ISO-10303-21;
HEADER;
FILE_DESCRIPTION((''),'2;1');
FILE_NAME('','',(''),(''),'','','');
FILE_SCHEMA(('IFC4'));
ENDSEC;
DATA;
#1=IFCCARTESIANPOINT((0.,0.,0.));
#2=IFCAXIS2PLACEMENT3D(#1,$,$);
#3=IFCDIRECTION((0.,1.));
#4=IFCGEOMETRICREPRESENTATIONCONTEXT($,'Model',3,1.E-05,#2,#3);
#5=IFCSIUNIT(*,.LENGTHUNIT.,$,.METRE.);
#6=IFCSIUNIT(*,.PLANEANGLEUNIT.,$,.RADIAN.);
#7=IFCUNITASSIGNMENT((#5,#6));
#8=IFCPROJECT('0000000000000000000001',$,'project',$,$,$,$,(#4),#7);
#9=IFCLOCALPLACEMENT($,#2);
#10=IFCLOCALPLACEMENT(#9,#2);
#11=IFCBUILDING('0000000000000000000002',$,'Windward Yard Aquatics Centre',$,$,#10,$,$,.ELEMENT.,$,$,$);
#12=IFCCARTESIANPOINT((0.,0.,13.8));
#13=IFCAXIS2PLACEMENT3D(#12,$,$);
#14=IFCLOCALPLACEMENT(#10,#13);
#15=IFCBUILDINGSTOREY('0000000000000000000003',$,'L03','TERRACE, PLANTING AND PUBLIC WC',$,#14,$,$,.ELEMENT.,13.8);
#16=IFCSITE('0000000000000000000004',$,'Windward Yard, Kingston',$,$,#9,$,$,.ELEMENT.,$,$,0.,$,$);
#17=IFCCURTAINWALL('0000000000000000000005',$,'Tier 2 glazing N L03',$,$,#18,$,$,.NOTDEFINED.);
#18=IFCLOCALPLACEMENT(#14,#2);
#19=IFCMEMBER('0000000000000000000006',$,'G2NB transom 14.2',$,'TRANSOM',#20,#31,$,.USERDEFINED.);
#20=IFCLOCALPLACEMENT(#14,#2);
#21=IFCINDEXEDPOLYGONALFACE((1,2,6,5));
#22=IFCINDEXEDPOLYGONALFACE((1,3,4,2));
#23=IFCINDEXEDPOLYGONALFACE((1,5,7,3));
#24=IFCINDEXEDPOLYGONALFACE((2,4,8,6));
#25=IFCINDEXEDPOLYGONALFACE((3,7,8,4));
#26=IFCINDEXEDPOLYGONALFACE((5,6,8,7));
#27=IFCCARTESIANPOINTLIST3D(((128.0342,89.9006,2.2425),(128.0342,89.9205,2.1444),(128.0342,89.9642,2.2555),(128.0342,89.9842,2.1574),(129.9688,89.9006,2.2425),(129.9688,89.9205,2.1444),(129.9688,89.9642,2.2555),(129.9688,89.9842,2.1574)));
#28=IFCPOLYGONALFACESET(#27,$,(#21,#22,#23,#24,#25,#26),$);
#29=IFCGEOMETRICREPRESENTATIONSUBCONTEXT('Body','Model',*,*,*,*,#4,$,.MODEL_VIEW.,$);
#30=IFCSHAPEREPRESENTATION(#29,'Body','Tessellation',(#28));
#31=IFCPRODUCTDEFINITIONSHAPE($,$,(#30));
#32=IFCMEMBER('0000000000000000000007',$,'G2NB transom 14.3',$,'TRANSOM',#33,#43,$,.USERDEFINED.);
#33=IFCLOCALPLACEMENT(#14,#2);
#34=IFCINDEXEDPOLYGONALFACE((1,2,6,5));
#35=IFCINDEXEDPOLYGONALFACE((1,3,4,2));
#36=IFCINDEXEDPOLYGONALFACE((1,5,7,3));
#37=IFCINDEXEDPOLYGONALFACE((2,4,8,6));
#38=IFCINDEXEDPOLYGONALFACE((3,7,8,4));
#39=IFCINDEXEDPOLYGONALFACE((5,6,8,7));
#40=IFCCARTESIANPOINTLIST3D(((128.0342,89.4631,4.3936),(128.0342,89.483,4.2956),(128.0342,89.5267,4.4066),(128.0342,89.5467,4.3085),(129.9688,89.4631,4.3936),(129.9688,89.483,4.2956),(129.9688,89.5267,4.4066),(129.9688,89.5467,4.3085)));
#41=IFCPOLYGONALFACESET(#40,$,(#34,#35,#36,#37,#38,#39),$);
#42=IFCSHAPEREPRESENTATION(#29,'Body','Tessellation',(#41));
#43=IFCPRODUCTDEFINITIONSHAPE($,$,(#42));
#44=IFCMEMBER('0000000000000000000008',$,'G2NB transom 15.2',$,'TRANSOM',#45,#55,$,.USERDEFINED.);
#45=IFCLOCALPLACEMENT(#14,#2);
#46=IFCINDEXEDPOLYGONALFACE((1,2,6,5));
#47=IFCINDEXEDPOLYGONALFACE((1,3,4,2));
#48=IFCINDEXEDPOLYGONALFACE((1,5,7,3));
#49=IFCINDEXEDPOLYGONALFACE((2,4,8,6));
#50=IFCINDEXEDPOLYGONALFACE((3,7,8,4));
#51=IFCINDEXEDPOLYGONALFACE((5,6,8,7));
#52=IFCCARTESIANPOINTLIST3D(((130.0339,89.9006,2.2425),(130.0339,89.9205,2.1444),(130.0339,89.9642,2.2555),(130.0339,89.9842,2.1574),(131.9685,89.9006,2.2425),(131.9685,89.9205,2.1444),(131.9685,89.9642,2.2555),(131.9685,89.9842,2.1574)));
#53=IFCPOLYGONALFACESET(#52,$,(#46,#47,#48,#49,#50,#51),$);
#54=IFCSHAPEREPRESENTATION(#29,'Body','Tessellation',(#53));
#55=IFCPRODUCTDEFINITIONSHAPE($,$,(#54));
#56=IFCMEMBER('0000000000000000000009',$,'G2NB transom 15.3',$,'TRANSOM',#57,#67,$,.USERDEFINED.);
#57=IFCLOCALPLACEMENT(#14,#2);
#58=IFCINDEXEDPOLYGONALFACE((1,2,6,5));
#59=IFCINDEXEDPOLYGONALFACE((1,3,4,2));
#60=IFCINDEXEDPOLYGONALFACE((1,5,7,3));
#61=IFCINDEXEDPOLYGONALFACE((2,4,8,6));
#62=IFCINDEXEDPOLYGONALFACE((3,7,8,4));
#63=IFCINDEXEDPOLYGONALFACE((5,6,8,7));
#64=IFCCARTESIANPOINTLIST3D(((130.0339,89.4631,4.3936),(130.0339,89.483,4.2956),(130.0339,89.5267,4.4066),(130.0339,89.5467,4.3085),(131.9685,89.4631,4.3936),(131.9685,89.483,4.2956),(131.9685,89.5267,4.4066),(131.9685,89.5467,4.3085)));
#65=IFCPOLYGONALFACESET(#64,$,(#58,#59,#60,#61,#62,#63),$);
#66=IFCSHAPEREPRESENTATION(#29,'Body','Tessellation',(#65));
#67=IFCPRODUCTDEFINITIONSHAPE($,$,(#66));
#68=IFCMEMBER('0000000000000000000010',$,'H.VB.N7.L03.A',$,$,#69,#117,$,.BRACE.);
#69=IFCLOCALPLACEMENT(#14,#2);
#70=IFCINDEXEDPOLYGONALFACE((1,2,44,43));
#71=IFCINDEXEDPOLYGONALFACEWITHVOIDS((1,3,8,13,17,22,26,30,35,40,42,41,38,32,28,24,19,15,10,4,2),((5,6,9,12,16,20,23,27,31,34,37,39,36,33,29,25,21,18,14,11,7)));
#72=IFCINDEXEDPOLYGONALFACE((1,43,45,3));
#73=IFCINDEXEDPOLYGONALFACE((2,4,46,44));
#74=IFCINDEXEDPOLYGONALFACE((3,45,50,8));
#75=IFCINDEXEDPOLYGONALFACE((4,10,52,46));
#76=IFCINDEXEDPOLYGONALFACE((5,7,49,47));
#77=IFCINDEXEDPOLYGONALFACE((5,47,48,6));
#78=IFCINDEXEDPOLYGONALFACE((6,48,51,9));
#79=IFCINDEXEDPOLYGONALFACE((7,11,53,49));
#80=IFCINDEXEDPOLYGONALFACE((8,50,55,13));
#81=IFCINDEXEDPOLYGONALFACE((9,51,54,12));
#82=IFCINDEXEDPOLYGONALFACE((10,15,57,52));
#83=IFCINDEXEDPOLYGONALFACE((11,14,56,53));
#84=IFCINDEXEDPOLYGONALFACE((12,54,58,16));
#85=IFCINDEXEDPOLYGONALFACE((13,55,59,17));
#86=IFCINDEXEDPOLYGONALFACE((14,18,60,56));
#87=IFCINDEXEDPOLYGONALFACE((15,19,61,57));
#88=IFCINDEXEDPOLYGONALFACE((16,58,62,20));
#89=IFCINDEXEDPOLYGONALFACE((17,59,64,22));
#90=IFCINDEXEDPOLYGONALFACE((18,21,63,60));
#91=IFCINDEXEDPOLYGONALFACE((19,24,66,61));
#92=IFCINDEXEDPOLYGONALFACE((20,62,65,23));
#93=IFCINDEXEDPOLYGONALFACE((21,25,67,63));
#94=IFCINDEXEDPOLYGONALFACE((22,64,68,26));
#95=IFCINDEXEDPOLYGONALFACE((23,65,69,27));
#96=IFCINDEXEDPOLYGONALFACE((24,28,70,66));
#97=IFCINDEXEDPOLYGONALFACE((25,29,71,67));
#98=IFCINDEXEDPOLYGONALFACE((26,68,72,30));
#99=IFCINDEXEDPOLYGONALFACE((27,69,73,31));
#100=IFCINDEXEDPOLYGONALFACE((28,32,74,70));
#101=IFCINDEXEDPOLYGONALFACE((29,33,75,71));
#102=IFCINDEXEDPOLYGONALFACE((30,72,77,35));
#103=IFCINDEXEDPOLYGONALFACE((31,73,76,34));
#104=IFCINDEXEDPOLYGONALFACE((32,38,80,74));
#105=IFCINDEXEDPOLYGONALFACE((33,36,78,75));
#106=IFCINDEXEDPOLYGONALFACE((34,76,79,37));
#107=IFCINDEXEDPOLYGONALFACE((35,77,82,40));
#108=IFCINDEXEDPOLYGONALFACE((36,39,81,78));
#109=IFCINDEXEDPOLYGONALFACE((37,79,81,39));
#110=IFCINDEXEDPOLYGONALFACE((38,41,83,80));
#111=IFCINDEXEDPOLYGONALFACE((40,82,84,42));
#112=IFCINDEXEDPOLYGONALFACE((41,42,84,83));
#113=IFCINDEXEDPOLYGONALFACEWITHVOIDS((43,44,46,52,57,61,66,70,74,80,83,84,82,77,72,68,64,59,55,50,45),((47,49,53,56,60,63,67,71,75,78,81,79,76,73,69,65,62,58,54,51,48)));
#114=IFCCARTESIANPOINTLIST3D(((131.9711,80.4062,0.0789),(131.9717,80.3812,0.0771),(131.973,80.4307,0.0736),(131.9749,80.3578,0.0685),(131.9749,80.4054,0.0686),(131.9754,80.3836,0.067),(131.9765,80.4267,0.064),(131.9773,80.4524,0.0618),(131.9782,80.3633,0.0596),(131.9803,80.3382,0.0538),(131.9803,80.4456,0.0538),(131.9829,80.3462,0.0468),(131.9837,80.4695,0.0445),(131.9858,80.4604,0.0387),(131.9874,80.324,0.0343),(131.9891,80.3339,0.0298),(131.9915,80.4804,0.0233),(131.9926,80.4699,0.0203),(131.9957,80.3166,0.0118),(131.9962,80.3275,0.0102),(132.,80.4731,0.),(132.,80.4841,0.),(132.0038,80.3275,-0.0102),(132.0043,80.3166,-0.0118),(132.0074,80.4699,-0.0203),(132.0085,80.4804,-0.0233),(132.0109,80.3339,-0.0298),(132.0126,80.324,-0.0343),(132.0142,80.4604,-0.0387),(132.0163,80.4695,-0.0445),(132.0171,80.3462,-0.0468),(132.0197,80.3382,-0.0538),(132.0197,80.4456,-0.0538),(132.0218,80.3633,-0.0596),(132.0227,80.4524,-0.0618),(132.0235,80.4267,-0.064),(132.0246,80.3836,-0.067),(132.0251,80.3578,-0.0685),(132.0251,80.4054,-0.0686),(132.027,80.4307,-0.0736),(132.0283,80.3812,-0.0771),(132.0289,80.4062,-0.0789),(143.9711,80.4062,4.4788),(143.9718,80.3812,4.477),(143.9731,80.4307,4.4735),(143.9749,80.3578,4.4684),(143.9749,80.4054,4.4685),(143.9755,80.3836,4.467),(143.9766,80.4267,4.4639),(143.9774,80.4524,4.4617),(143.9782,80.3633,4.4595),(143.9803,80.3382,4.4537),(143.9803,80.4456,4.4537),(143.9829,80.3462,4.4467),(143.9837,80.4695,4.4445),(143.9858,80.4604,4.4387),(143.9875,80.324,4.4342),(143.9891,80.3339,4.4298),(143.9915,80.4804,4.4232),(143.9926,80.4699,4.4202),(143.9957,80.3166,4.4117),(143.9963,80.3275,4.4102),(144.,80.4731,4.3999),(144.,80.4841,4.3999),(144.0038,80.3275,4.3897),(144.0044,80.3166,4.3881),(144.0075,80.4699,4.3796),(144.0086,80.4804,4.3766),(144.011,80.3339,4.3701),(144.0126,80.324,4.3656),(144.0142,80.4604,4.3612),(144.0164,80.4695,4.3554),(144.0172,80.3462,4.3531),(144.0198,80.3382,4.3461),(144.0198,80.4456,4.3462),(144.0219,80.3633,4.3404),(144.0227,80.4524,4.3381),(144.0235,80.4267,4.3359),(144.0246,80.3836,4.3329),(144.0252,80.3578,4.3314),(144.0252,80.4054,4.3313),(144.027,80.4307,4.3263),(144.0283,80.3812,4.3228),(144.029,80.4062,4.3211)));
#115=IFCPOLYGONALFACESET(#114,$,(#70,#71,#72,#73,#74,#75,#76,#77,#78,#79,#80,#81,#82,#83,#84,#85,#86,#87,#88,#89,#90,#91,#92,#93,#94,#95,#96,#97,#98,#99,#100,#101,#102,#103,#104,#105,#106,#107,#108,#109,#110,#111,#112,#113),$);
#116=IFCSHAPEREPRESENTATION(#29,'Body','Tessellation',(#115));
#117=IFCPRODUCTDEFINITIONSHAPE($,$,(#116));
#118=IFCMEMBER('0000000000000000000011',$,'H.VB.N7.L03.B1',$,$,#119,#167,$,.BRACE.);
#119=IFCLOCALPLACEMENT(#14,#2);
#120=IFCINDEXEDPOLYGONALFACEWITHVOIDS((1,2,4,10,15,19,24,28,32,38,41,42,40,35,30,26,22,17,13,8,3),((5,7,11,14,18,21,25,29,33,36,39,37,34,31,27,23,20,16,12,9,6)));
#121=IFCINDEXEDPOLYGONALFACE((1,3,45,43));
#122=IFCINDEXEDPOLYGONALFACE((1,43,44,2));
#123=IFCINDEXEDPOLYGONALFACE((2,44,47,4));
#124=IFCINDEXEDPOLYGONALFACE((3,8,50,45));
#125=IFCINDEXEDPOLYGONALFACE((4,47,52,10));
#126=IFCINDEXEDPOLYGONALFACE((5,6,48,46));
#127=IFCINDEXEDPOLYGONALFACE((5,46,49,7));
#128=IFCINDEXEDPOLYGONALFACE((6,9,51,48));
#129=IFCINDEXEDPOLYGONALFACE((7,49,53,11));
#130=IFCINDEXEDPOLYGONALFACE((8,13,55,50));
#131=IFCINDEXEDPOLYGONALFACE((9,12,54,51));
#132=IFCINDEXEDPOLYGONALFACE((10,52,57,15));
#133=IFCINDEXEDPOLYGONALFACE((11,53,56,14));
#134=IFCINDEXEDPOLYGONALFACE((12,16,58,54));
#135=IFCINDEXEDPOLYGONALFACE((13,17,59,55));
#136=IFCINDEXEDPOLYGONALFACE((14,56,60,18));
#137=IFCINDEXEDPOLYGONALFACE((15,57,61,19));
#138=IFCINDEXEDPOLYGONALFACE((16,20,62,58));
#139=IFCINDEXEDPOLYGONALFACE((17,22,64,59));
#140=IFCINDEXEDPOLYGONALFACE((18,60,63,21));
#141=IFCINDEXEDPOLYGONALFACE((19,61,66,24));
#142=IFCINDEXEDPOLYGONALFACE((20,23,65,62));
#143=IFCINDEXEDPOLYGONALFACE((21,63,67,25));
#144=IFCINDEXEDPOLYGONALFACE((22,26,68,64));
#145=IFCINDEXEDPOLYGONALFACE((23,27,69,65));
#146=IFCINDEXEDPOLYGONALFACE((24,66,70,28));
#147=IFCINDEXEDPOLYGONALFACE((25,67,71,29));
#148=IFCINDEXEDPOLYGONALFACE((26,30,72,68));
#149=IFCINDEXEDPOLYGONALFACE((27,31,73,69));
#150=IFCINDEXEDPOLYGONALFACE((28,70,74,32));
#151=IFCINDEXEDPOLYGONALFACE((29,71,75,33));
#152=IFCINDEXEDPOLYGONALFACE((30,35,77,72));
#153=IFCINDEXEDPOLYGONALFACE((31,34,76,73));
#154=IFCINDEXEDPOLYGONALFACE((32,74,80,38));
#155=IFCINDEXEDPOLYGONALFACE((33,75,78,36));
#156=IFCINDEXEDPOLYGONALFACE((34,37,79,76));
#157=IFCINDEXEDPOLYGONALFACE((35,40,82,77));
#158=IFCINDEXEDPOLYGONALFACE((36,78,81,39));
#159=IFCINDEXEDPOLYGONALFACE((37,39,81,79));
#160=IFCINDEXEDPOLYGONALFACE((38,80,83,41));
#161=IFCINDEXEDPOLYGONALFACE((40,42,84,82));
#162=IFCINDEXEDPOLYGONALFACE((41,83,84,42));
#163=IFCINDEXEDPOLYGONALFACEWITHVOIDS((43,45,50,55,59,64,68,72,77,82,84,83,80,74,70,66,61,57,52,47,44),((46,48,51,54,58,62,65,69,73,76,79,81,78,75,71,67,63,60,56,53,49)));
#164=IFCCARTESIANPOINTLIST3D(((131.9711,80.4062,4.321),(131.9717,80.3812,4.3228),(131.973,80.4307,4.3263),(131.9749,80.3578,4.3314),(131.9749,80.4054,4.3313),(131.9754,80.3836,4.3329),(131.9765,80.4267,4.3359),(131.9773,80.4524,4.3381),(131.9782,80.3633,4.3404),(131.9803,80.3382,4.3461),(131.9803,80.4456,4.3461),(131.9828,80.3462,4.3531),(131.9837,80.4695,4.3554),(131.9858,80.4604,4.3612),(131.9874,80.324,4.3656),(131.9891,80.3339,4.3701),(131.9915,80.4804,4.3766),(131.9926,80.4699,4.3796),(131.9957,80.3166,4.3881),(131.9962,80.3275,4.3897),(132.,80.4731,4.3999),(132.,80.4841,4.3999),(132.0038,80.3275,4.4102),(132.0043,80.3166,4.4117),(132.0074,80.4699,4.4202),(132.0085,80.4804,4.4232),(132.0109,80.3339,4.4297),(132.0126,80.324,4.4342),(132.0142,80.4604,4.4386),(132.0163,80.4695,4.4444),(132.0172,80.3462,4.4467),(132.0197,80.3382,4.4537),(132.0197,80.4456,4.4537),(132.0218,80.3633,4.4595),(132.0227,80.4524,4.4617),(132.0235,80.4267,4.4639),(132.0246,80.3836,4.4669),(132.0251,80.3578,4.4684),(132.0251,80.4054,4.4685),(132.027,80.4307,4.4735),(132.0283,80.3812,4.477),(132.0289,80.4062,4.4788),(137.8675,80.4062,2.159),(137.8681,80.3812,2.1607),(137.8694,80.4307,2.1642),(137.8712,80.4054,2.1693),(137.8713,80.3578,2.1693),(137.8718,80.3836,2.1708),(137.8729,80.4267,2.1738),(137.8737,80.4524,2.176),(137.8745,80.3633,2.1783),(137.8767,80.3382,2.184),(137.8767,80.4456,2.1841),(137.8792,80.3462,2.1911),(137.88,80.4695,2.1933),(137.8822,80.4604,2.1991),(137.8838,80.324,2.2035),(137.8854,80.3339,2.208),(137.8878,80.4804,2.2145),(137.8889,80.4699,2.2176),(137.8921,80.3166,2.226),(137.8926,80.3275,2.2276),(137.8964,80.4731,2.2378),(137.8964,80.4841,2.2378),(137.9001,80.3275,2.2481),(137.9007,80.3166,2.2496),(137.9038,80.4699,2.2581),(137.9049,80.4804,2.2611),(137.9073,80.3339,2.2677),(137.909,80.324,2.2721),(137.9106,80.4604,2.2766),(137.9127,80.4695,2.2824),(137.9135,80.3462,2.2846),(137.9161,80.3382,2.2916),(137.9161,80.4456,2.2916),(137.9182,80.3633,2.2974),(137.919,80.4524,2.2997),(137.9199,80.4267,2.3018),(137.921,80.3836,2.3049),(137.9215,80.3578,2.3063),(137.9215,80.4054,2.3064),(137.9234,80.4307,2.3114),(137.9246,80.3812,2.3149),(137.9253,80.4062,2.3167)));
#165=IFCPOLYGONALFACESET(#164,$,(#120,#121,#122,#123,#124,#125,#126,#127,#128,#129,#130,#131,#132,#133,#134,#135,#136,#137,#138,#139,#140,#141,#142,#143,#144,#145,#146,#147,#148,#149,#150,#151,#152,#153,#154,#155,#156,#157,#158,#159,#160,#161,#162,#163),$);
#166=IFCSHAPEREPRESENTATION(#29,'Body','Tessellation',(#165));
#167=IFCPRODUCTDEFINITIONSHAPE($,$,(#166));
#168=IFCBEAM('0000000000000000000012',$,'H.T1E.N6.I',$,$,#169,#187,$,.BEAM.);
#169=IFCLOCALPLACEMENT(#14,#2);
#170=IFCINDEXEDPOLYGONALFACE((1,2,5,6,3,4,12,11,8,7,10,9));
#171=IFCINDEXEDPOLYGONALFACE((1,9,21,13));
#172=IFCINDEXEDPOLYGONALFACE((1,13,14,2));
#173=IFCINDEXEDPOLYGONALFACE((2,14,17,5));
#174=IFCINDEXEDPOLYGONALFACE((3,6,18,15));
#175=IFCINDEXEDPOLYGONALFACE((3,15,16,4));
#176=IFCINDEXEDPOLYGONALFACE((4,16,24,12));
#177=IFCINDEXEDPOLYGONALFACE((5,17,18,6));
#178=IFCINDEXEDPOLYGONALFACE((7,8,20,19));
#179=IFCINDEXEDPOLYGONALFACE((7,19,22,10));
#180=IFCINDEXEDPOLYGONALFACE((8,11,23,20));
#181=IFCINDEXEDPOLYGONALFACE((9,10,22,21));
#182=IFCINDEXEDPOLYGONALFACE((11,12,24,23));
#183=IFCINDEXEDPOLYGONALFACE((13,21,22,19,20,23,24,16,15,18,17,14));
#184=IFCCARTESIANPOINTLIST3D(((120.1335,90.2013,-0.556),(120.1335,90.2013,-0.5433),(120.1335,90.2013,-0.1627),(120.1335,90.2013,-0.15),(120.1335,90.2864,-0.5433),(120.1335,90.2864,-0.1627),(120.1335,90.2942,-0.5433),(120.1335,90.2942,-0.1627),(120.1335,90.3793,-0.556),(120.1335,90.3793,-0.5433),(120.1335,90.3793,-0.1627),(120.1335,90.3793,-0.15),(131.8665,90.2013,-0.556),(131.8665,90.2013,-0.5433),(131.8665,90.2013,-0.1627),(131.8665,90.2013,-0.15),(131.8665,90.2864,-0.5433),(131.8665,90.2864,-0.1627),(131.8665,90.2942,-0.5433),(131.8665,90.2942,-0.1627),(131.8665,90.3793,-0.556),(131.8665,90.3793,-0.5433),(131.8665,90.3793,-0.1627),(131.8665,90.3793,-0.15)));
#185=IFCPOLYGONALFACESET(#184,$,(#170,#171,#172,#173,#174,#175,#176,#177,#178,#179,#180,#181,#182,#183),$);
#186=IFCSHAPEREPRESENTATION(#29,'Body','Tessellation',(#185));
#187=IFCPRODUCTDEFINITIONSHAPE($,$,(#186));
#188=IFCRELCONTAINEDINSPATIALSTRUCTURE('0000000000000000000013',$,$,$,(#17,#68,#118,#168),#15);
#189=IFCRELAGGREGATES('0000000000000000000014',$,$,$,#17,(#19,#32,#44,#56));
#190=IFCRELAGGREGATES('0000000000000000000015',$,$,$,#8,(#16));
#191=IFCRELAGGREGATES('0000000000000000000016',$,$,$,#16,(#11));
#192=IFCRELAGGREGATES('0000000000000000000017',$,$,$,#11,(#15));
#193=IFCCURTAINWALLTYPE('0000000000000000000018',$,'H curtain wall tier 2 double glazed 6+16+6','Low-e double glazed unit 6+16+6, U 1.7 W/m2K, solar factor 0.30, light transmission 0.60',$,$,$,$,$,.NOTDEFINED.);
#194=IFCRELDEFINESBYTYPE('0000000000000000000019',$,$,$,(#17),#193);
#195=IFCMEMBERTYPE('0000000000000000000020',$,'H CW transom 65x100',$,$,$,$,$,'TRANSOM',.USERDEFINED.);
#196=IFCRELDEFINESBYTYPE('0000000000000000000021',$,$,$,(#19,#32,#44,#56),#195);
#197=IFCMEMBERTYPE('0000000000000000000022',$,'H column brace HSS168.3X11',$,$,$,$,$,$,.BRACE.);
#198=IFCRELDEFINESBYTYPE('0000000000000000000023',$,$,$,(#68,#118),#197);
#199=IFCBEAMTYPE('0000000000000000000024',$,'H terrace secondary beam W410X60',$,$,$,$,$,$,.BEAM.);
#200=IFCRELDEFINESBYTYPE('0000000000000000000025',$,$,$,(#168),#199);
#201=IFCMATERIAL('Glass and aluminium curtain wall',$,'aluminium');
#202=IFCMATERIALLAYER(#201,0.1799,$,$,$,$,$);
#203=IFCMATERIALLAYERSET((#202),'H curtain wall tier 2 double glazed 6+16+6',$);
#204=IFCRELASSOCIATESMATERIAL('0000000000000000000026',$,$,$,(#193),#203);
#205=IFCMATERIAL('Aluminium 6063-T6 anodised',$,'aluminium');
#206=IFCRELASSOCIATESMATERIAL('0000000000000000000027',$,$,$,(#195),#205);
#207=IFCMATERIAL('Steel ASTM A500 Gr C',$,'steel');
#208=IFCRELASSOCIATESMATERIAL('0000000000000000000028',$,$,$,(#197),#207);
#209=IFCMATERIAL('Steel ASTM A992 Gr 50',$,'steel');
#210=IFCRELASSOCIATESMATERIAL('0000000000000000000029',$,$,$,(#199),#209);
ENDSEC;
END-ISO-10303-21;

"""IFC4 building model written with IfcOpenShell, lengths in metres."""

from ifc_helpers import new_model, si_unit, direction, frame, origin, origin_2d, place, context, subcontext, project, spatial, rectangle, hollow_circle, i_section, extrude, material, layer, layer_set, material_profile, profile_set, type_object, element, aggregate, save


model = new_model("IFC4")

# Units and contexts
model_context = context("Model", 3, precision=1e-05, world=origin(), true_north=direction((0.0, 1.0)))
body_context = subcontext(model_context, "Body", "Model", "MODEL_VIEW")
ifc_project = project(units=[si_unit("LENGTHUNIT", "METRE"), si_unit("PLANEANGLEUNIT", "RADIAN")], contexts=[model_context])

# Site, building, storey
site_placement = place(None, origin())
site = spatial("IfcSite", under=ifc_project, at=site_placement, Name="Windward Yard, Kingston", CompositionType="ELEMENT", RefElevation=0.0)
building_placement = place(site_placement, origin())
building = spatial("IfcBuilding", under=site, at=building_placement, Name="Windward Yard Aquatics Centre", CompositionType="ELEMENT")
storey_placement = place(building_placement, frame((0.0, 0.0, 13.8)))
storey = spatial("IfcBuildingStorey", under=building, at=storey_placement, Name="L03", Description="TERRACE, PLANTING AND PUBLIC WC", CompositionType="ELEMENT", Elevation=13.8)

# Shared definitions
ifc_material_1 = material(Name="Steel ASTM A500 Gr C", Category="steel")

# Curtain wall, members
ifc_material_2 = material(Name="Glass and aluminium curtain wall", Category="aluminium")
ifc_layer_1 = layer(ifc_material_2, 0.1799)
ifc_layer_set_1 = layer_set([ifc_layer_1], Name="H curtain wall tier 2 double glazed 6+16+6")
curtain_wall_type = type_object("IfcCurtainWallType", Name="H curtain wall tier 2 double glazed 6+16+6", Description="Low-e double glazed unit 6+16+6, U 1.7 W/m2K, solar factor 0.30, light transmission 0.60", PredefinedType="NOTDEFINED", material=ifc_layer_set_1)
curtain_wall_placement = place(storey_placement, origin())
curtain_wall = element("IfcCurtainWall", 1, at=curtain_wall_placement, inside=storey, type_object=curtain_wall_type, Name="Tier 2 glazing N L03", PredefinedType="NOTDEFINED")
ifc_material_3 = material(Name="Aluminium 6063-T6 anodised", Category="aluminium")
ifc_material_profile_1 = material_profile(ifc_material_3, rectangle(XDim=0.0649, YDim=0.1001, at=origin_2d()), Name="H CW transom 65x100")
ifc_profile_set_1 = profile_set([ifc_material_profile_1], Name="Aluminium 6063-T6 anodised")
member_type_1 = type_object("IfcMemberType", Name="H CW transom 65x100", ElementType="TRANSOM", PredefinedType="USERDEFINED", material=ifc_profile_set_1)
member_1_placement = place(storey_placement, frame((128.0342, 89.9424, 2.2), z_axis=(1.0, 0.0, 0.0), x_axis=(0.0, 0.979925, 0.199368)))
member_1 = element("IfcMember", 2, at=member_1_placement, type_object=member_type_1, Name="G2NB transom 14.2", ObjectType="TRANSOM", PredefinedType="USERDEFINED", context=body_context, shape_type="SweptSolid", body=[
    extrude(rectangle(XDim=0.0649, YDim=0.1001, at=origin_2d()), origin(), (0.0, 0.0, 1.0), 1.9346),
])
member_2_placement = place(storey_placement, frame((128.0342, 89.5049, 4.3511), z_axis=(1.0, 0.0, 0.0), x_axis=(0.0, 0.979925, 0.199368)))
member_2 = element("IfcMember", 3, at=member_2_placement, type_object=member_type_1, Name="G2NB transom 14.3", ObjectType="TRANSOM", PredefinedType="USERDEFINED", context=body_context, shape_type="SweptSolid", body=[
    extrude(rectangle(XDim=0.0649, YDim=0.1001, at=origin_2d()), origin(), (0.0, 0.0, 1.0), 1.9346),
])
member_3_placement = place(storey_placement, frame((130.0339, 89.9424, 2.2), z_axis=(1.0, 0.0, 0.0), x_axis=(0.0, 0.979925, 0.199368)))
member_3 = element("IfcMember", 4, at=member_3_placement, type_object=member_type_1, Name="G2NB transom 15.2", ObjectType="TRANSOM", PredefinedType="USERDEFINED", context=body_context, shape_type="SweptSolid", body=[
    extrude(rectangle(XDim=0.0649, YDim=0.1001, at=origin_2d()), origin(), (0.0, 0.0, 1.0), 1.9346),
])
member_4_placement = place(storey_placement, frame((130.0339, 89.5049, 4.3511), z_axis=(1.0, 0.0, 0.0), x_axis=(0.0, 0.979925, 0.199368)))
member_4 = element("IfcMember", 5, at=member_4_placement, type_object=member_type_1, Name="G2NB transom 15.3", ObjectType="TRANSOM", PredefinedType="USERDEFINED", context=body_context, shape_type="SweptSolid", body=[
    extrude(rectangle(XDim=0.0649, YDim=0.1001, at=origin_2d()), origin(), (0.0, 0.0, 1.0), 1.9346),
])

# Members
ifc_material_profile_2 = material_profile(ifc_material_1, hollow_circle(Radius=0.0842, WallThickness=0.011, at=origin_2d()), Name="HSS168.3X11")
ifc_profile_set_2 = profile_set([ifc_material_profile_2], Name="Steel ASTM A500 Gr C")
member_type_2 = type_object("IfcMemberType", Name="H column brace HSS168.3X11", PredefinedType="BRACE", material=ifc_profile_set_2)
member_5_placement = place(storey_placement, frame((132.0, 80.3999, 0.0), z_axis=(0.938879, 0.0, 0.344248), x_axis=(0.0, 1.0, 0.0)))
element("IfcMember", 6, at=member_5_placement, inside=storey, type_object=member_type_2, Name="H.VB.N7.L03.A", PredefinedType="BRACE", context=body_context, shape_type="SweptSolid", body=[
    extrude(hollow_circle(Radius=0.0842, WallThickness=0.011, at=origin_2d()), origin(), (0.0, 0.0, 1.0), 12.7812),
])
member_6_placement = place(storey_placement, frame((132.0, 80.3999, 4.3999), z_axis=(0.938873, 0.0, -0.344264), x_axis=(0.0, 1.0, 0.0)))
element("IfcMember", 7, at=member_6_placement, inside=storey, type_object=member_type_2, Name="H.VB.N7.L03.B1", PredefinedType="BRACE", context=body_context, shape_type="SweptSolid", body=[
    extrude(hollow_circle(Radius=0.0842, WallThickness=0.011, at=origin_2d()), origin(), (0.0, 0.0, 1.0), 6.2803),
])

# Beam
ifc_material_4 = material(Name="Steel ASTM A992 Gr 50", Category="steel")
ifc_material_profile_3 = material_profile(ifc_material_4, i_section(OverallWidth=0.178, OverallDepth=0.406, WebThickness=0.0078, FlangeThickness=0.0127, at=origin_2d()), Name="W410X60")
ifc_profile_set_3 = profile_set([ifc_material_profile_3], Name="Steel ASTM A992 Gr 50")
beam_type = type_object("IfcBeamType", Name="H terrace secondary beam W410X60", PredefinedType="BEAM", material=ifc_profile_set_3)
beam_placement = place(storey_placement, frame((120.1335, 90.2903, -0.353), z_axis=(1.0, 0.0, 0.0), x_axis=(0.0, 1.0, 0.0)))
element("IfcBeam", 8, at=beam_placement, inside=storey, type_object=beam_type, Name="H.T1E.N6.I", PredefinedType="BEAM", context=body_context, shape_type="SweptSolid", body=[
    extrude(i_section(OverallWidth=0.178, OverallDepth=0.406, WebThickness=0.0078, FlangeThickness=0.0127, at=origin_2d()), origin(), (0.0, 0.0, 1.0), 11.7329),
])

aggregate(curtain_wall, [member_1, member_2, member_3, member_4])

save(model, "model.ifc")
